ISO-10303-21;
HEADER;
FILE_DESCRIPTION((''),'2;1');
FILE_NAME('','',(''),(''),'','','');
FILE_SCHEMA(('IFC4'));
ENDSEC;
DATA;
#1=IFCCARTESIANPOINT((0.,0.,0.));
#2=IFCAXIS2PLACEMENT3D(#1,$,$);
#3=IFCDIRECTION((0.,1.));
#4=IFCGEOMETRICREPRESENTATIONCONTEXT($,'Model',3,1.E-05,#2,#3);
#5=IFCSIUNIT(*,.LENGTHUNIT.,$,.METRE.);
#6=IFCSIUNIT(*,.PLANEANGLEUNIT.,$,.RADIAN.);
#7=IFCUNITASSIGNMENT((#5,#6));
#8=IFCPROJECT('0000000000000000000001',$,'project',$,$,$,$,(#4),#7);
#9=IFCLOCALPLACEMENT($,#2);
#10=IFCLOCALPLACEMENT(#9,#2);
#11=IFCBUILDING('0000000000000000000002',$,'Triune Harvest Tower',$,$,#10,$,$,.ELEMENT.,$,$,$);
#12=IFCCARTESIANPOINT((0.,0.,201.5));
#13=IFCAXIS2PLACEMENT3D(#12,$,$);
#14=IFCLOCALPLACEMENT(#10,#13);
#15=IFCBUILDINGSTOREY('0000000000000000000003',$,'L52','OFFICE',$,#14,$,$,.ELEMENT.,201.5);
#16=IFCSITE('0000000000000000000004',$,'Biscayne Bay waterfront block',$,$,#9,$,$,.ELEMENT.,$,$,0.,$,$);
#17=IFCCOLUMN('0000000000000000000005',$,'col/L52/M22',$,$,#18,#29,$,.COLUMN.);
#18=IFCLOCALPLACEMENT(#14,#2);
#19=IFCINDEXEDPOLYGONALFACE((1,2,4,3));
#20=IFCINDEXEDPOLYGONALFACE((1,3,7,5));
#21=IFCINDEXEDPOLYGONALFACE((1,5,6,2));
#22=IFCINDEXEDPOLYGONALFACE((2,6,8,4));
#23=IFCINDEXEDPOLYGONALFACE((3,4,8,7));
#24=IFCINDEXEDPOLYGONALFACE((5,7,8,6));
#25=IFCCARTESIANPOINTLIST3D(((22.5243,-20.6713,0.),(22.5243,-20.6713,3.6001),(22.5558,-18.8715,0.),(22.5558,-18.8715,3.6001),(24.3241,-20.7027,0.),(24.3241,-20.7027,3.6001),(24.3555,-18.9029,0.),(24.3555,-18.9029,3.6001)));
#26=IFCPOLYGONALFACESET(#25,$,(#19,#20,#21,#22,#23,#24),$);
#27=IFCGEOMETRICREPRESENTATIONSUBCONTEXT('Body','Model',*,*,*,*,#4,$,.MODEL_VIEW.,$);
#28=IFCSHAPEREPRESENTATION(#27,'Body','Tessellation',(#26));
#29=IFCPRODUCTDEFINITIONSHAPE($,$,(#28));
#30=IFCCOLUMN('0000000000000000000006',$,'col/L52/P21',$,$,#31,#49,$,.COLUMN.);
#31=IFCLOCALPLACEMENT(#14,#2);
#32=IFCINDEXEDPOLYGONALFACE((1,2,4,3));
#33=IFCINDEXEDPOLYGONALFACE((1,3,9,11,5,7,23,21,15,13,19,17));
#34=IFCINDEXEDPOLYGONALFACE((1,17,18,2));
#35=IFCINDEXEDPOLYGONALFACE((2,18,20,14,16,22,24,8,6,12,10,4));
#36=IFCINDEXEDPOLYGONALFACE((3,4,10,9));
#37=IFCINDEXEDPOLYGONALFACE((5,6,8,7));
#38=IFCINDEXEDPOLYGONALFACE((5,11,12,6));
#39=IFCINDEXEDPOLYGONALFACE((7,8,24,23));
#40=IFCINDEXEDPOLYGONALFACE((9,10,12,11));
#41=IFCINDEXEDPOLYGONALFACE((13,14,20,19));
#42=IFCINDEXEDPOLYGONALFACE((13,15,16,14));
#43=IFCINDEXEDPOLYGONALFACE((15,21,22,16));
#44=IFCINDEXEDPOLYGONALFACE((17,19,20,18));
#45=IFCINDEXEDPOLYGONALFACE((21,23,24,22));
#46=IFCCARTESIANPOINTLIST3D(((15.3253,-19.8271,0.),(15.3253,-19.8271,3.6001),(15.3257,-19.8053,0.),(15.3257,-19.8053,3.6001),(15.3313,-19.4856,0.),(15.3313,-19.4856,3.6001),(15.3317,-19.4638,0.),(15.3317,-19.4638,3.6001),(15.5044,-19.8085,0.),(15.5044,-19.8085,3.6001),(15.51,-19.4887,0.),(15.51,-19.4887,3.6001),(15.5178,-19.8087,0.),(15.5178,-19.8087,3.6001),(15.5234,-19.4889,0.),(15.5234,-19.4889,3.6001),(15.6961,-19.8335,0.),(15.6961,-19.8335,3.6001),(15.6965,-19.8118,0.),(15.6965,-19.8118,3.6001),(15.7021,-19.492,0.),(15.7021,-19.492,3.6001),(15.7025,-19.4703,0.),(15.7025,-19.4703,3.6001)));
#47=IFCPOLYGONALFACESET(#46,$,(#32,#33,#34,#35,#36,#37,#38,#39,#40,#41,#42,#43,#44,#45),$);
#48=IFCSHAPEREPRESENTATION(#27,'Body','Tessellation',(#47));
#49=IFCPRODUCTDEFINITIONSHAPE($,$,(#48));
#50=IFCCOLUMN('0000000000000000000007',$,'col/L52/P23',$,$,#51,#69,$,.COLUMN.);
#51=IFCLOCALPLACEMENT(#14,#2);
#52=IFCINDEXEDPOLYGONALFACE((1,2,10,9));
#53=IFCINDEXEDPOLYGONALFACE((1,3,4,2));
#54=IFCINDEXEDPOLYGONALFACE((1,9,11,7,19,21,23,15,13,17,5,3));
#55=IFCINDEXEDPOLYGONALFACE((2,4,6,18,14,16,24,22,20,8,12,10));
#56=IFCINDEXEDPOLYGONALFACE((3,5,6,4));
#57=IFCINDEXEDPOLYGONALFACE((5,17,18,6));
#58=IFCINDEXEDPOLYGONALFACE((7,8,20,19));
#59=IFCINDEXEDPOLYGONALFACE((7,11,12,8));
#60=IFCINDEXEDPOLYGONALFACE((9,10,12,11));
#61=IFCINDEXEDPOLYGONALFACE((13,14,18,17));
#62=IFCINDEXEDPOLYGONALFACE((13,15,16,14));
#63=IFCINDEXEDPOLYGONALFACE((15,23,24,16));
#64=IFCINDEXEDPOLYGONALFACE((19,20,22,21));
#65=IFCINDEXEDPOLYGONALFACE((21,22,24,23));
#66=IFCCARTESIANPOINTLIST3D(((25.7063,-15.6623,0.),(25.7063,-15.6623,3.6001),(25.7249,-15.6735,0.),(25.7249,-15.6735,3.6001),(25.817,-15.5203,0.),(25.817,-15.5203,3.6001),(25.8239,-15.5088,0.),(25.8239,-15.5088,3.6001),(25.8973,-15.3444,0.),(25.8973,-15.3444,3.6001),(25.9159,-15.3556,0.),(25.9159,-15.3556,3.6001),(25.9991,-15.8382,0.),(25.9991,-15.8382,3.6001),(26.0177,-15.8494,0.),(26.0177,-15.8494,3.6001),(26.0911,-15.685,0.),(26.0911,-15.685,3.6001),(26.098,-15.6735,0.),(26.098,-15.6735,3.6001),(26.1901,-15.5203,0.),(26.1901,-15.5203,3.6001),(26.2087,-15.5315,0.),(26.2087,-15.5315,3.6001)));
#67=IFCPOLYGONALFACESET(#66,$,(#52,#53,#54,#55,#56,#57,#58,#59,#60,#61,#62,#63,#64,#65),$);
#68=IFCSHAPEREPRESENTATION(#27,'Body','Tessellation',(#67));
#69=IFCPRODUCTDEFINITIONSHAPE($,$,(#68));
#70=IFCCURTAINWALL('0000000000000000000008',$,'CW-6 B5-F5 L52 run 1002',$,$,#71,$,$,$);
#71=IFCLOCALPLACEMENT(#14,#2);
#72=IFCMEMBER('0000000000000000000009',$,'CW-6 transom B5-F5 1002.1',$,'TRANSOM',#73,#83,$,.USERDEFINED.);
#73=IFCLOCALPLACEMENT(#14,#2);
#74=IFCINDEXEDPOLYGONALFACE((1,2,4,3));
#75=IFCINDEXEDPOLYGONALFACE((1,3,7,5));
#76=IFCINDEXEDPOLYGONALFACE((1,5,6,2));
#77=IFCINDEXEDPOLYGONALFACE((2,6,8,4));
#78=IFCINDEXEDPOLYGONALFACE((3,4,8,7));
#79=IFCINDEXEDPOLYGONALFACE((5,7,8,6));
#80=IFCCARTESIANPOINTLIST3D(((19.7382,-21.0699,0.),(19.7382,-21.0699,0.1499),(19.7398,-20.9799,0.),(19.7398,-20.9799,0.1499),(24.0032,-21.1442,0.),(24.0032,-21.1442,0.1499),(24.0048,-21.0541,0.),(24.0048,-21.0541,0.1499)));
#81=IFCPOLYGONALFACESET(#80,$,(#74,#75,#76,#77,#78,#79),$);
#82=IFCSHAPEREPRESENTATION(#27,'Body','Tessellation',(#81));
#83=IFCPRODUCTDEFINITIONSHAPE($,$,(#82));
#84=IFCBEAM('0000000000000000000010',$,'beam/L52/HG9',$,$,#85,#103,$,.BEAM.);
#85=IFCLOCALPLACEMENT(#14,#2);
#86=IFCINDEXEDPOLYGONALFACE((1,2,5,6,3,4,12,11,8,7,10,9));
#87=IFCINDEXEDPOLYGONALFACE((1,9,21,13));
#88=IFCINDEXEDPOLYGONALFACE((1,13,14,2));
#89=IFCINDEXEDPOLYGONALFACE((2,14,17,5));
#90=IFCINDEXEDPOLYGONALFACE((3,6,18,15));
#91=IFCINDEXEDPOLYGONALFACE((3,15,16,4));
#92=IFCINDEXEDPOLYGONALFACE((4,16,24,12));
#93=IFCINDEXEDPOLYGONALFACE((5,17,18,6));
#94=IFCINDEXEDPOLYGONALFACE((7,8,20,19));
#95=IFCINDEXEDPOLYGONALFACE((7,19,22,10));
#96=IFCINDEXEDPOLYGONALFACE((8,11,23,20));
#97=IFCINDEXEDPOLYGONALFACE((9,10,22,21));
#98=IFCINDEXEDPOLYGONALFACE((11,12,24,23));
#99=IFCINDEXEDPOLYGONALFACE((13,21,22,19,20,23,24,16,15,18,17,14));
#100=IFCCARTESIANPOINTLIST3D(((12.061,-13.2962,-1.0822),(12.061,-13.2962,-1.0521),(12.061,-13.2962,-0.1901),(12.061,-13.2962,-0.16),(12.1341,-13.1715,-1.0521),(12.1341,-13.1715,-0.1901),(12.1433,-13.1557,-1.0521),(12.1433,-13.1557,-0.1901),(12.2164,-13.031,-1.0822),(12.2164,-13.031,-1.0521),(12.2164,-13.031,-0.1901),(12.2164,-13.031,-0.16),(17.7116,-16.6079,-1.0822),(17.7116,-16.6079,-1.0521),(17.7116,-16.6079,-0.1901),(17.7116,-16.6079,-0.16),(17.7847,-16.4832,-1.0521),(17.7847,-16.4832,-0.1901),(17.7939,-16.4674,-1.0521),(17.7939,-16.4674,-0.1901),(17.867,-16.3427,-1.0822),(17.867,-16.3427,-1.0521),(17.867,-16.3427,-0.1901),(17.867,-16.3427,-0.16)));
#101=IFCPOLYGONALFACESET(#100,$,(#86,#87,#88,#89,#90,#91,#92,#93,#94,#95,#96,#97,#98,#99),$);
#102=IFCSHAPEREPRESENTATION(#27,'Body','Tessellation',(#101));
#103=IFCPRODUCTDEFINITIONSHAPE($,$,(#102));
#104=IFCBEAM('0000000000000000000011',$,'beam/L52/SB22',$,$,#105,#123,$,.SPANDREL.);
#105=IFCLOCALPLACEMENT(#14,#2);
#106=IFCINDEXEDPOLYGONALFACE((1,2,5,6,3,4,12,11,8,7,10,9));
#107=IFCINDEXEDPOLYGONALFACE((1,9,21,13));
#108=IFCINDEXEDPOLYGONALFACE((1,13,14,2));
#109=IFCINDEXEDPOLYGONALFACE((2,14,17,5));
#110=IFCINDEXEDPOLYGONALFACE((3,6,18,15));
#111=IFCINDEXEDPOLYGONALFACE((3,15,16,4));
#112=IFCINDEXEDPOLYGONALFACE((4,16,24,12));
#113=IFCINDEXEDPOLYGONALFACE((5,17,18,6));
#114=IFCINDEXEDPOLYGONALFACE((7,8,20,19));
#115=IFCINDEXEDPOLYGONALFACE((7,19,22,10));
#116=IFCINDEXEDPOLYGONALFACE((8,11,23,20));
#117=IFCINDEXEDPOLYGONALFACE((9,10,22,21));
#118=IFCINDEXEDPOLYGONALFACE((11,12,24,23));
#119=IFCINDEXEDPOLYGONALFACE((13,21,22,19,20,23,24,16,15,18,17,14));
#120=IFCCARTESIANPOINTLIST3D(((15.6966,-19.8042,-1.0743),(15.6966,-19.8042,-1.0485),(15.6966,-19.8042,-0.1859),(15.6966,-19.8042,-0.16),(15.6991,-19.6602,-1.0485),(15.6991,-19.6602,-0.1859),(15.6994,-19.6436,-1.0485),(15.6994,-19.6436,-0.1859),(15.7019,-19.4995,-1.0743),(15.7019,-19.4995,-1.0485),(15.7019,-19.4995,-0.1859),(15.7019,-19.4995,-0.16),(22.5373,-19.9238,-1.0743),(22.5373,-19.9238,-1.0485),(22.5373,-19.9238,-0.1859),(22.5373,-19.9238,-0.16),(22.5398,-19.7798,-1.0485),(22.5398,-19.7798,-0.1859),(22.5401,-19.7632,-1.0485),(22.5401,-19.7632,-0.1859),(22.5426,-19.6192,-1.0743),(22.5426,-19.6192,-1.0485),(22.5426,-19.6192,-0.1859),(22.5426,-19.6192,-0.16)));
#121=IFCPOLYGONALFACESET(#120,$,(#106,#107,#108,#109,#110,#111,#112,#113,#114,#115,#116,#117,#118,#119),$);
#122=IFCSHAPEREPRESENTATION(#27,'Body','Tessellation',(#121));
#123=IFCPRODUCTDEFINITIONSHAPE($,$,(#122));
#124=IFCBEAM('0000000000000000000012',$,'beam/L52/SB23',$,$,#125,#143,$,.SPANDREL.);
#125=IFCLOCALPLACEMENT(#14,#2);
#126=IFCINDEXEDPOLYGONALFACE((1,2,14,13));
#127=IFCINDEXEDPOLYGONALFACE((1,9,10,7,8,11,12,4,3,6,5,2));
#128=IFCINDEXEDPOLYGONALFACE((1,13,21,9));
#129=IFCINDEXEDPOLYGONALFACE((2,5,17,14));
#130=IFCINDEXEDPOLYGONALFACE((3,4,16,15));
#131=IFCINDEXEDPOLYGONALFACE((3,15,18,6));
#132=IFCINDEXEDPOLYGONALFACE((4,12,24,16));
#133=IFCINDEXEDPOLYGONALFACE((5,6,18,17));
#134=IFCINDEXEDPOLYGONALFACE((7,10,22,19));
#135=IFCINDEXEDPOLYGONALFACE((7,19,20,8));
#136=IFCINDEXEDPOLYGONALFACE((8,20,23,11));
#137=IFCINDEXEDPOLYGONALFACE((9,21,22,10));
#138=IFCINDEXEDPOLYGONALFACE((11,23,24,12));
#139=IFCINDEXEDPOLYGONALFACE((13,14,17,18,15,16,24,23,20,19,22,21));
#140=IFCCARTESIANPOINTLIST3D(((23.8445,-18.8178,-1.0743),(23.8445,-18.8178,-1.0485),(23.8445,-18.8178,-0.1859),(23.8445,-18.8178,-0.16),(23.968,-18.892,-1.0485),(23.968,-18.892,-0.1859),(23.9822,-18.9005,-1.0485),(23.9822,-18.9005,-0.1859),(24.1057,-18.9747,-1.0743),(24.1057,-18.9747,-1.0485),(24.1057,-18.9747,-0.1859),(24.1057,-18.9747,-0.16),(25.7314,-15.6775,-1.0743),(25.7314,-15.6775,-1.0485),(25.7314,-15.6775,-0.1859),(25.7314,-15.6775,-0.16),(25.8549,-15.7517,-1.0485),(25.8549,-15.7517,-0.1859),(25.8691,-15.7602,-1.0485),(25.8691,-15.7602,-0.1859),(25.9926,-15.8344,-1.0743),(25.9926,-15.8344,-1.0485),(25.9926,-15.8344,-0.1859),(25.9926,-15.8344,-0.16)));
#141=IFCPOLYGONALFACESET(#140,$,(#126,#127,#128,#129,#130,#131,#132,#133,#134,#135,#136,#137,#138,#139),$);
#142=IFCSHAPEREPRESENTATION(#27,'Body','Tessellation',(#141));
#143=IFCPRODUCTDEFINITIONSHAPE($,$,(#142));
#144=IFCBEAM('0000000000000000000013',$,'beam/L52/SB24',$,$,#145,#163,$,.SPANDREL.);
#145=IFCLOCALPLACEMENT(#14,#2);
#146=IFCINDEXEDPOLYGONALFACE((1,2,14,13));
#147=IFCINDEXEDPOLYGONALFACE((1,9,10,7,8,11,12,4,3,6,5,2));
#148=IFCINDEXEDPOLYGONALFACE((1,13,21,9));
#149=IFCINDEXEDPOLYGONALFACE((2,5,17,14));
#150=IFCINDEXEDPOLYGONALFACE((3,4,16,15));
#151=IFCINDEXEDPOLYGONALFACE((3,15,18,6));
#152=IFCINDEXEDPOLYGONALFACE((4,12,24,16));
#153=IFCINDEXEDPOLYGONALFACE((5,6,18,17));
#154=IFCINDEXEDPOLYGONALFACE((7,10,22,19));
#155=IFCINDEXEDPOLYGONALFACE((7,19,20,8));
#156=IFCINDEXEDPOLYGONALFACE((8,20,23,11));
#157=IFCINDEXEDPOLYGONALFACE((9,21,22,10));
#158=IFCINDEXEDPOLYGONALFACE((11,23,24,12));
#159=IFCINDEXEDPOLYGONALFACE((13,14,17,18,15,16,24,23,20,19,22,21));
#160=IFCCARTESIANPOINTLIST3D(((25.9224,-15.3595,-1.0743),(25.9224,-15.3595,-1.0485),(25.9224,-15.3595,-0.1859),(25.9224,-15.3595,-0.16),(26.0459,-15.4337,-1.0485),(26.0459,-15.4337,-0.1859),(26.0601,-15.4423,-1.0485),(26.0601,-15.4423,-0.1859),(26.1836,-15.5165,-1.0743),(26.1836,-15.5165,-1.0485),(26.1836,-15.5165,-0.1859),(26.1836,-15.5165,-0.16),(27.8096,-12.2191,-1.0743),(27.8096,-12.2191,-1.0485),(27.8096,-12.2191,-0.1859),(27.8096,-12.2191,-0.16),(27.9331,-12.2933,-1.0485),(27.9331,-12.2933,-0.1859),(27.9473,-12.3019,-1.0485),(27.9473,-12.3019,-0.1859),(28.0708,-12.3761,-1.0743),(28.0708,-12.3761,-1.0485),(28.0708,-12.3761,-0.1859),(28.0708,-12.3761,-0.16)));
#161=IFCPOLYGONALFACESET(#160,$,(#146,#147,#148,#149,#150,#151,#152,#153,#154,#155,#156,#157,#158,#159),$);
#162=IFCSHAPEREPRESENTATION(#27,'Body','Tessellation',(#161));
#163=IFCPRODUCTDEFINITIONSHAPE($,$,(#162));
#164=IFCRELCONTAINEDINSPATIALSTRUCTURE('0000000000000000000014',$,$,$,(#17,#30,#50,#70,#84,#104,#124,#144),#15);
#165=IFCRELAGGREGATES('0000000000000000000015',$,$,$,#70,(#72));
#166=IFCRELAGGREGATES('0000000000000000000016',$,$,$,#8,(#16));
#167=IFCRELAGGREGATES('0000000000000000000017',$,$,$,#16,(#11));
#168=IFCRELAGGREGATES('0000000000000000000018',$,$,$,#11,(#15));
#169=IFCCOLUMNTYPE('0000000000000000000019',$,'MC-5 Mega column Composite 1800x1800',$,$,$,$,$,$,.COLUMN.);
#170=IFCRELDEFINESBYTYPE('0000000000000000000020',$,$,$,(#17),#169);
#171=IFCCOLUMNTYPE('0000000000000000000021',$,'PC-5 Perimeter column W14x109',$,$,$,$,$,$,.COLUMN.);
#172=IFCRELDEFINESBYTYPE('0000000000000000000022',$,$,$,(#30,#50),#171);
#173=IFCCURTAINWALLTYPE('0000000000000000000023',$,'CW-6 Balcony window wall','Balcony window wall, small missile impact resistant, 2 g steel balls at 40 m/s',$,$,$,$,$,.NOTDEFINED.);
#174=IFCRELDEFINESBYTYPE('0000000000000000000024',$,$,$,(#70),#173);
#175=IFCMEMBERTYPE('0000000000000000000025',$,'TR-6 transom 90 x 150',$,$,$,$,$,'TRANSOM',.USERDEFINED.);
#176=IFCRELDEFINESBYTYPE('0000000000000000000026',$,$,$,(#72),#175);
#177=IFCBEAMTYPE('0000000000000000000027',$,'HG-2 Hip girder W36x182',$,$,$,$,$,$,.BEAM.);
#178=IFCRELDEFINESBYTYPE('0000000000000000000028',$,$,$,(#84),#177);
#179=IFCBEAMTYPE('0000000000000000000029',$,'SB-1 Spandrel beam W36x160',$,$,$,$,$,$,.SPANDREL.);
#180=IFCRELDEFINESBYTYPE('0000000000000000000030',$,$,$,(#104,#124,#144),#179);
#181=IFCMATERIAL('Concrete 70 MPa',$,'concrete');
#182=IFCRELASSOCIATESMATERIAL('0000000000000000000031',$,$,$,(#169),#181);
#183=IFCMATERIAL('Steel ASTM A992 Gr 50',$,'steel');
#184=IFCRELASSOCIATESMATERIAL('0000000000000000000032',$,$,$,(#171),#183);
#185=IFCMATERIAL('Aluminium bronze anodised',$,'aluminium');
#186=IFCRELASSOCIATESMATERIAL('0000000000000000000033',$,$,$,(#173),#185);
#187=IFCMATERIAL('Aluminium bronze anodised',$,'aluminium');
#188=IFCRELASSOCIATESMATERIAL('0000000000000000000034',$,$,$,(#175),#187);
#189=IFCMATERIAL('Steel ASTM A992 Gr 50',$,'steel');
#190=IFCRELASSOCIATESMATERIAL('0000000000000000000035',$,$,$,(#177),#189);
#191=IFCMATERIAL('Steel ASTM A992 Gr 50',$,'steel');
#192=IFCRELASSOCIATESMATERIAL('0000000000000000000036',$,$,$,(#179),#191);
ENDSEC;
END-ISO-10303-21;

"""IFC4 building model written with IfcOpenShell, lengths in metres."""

from ifc_helpers import new_model, si_unit, direction, frame, origin, origin_2d, place, context, subcontext, project, spatial, rectangle, i_section, extrude, source, transform, mapped, material, material_profile, profile_set, type_object, element, aggregate, save


model = new_model("IFC4")

# Units and contexts
model_context = context("Model", 3, precision=1e-05, world=origin(), true_north=direction((0.0, 1.0)))
body_context = subcontext(model_context, "Body", "Model", "MODEL_VIEW")
ifc_project = project(units=[si_unit("LENGTHUNIT", "METRE"), si_unit("PLANEANGLEUNIT", "RADIAN")], contexts=[model_context])

# Site, building, storey
site_placement = place(None, origin())
site = spatial("IfcSite", under=ifc_project, at=site_placement, Name="Biscayne Bay waterfront block", CompositionType="ELEMENT", RefElevation=0.0)
building_placement = place(site_placement, origin())
building = spatial("IfcBuilding", under=site, at=building_placement, Name="Triune Harvest Tower", CompositionType="ELEMENT")
storey_placement = place(building_placement, frame((0.0, 0.0, 201.5)))
storey = spatial("IfcBuildingStorey", under=building, at=storey_placement, Name="L52", Description="OFFICE", CompositionType="ELEMENT", Elevation=201.5)

# Columns
ifc_material_1 = material(Name="Concrete 70 MPa", Category="concrete")
ifc_material_profile_1 = material_profile(ifc_material_1, rectangle(XDim=1.8, YDim=1.8, at=origin_2d()), Name="Composite 1800x1800")
ifc_profile_set_1 = profile_set([ifc_material_profile_1], Name="Concrete 70 MPa")
column_type_1 = type_object("IfcColumnType", Name="MC-5 Mega column Composite 1800x1800", PredefinedType="COLUMN", material=ifc_profile_set_1)
shared_shape_1 = source(origin(), body_context, "Body", "SweptSolid", [
    extrude(rectangle(XDim=1.8, YDim=1.8, at=origin_2d()), origin(), (0.0, 0.0, 1.0), 3.6001),
])
column_placement = place(storey_placement, frame((23.4399, -19.7871, 0.0), z_axis=(0.0, 0.0, 1.0), x_axis=(0.999848, -0.017452, 0.0)))
element("IfcColumn", 1, at=column_placement, inside=storey, type_object=column_type_1, Name="col/L52/M22", PredefinedType="COLUMN", context=body_context, shape_type="MappedRepresentation", body=[
    mapped(shared_shape_1, transform((0.0, 0.0, 0.0), scale=1.0)),
])
ifc_material_2 = material(Name="Steel ASTM A992 Gr 50", Category="steel")
ifc_material_profile_2 = material_profile(ifc_material_2, i_section(OverallWidth=0.3708, OverallDepth=0.3633, WebThickness=0.0134, FlangeThickness=0.0217, at=origin_2d()), Name="W14x109")
ifc_profile_set_2 = profile_set([ifc_material_profile_2], Name="Steel ASTM A992 Gr 50")
column_type_2 = type_object("IfcColumnType", Name="PC-5 Perimeter column W14x109", PredefinedType="COLUMN", material=ifc_profile_set_2)
shared_shape_2 = source(origin(), body_context, "Body", "SweptSolid", [
    extrude(i_section(OverallWidth=0.3708, OverallDepth=0.3633, WebThickness=0.0134, FlangeThickness=0.0217, at=origin_2d()), origin(), (0.0, 0.0, 1.0), 3.6001),
])
for number, where, z_axis, x_axis, name in (
    (2, (15.5139, -19.6487, 0.0), (0.0, 0.0, 1.0), (0.999848, -0.017452, 0.0), "col/L52/P21"),
    (3, (25.9575, -15.5969, 0.0), (0.0, 0.0, 1.0), (0.51504, 0.857166, 0.0), "col/L52/P23"),
):
    element("IfcColumn", number, at=place(storey_placement, frame(where, z_axis=z_axis, x_axis=x_axis)), inside=storey, type_object=column_type_2, Name=name, PredefinedType="COLUMN", context=body_context, shape_type="MappedRepresentation", body=[
        mapped(shared_shape_2, transform((0.0, 0.0, 0.0), scale=1.0)),
    ])

# Curtain wall, member
ifc_material_3 = material(Name="Aluminium bronze anodised", Category="aluminium")
curtain_wall_type_1 = type_object("IfcCurtainWallType", Name="CW-6 Balcony window wall", Description="Balcony window wall, small missile impact resistant, 2 g steel balls at 40 m/s", PredefinedType="NOTDEFINED", material=ifc_material_3)
curtain_wall_1_placement = place(storey_placement, origin())
curtain_wall_1 = element("IfcCurtainWall", 4, at=curtain_wall_1_placement, inside=storey, type_object=curtain_wall_type_1, Name="CW-6 B5-F5 L52 run 1002")
ifc_material_4 = material(Name="Aluminium bronze anodised", Category="aluminium")
ifc_material_profile_3 = material_profile(ifc_material_4, rectangle(XDim=0.0901, YDim=0.1499, at=origin_2d()), Name="TR-6 transom 90 x 150")
ifc_profile_set_3 = profile_set([ifc_material_profile_3], Name="Aluminium bronze anodised")
member_type_1 = type_object("IfcMemberType", Name="TR-6 transom 90 x 150", ElementType="TRANSOM", PredefinedType="USERDEFINED", material=ifc_profile_set_3)
member_1_placement = place(storey_placement, frame((19.739, -21.0249, 0.075), z_axis=(0.999849, -0.0174, 0.0), x_axis=(0.0174, 0.999849, 0.0)))
member_1 = element("IfcMember", 5, at=member_1_placement, type_object=member_type_1, Name="CW-6 transom B5-F5 1002.1", ObjectType="TRANSOM", PredefinedType="USERDEFINED", context=body_context, shape_type="SweptSolid", body=[
    extrude(rectangle(XDim=0.0901, YDim=0.1499, at=origin_2d()), origin(), (0.0, 0.0, 1.0), 4.2656),
])

# Beams
ifc_material_5 = material(Name="Steel ASTM A992 Gr 50", Category="steel")
ifc_material_profile_4 = material_profile(ifc_material_5, i_section(OverallWidth=0.3074, OverallDepth=0.9221, WebThickness=0.0183, FlangeThickness=0.03, at=origin_2d()), Name="W36x182")
ifc_profile_set_4 = profile_set([ifc_material_profile_4], Name="Steel ASTM A992 Gr 50")
beam_type_1 = type_object("IfcBeamType", Name="HG-2 Hip girder W36x182", PredefinedType="BEAM", material=ifc_profile_set_4)
shared_shape_3 = source(origin(), body_context, "Body", "SweptSolid", [
    extrude(i_section(OverallWidth=0.3074, OverallDepth=0.9221, WebThickness=0.0183, FlangeThickness=0.03, at=origin_2d()), origin(), (0.0, 0.0, 1.0), 6.5496),
])
beam_1_placement = place(storey_placement, frame((17.7893, -16.4753, -0.6211), z_axis=(-0.862743, 0.505643, 0.0), x_axis=(-0.505643, -0.862743, 0.0)))
element("IfcBeam", 6, at=beam_1_placement, inside=storey, type_object=beam_type_1, Name="beam/L52/HG9", PredefinedType="BEAM", context=body_context, shape_type="MappedRepresentation", body=[
    mapped(shared_shape_3, transform((0.0, 0.0, 0.0), scale=1.0)),
])
ifc_material_6 = material(Name="Steel ASTM A992 Gr 50", Category="steel")
ifc_material_profile_5 = material_profile(ifc_material_6, i_section(OverallWidth=0.3047, OverallDepth=0.9143, WebThickness=0.0166, FlangeThickness=0.0259, at=origin_2d()), Name="W36x160")
ifc_profile_set_5 = profile_set([ifc_material_profile_5], Name="Steel ASTM A992 Gr 50")
beam_type_2 = type_object("IfcBeamType", Name="SB-1 Spandrel beam W36x160", PredefinedType="SPANDREL", material=ifc_profile_set_5)
shared_shape_4 = source(origin(), body_context, "Body", "SweptSolid", [
    extrude(i_section(OverallWidth=0.3047, OverallDepth=0.9143, WebThickness=0.0166, FlangeThickness=0.0259, at=origin_2d()), origin(), (0.0, 0.0, 1.0), 6.8418),
])
beam_2_placement = place(storey_placement, frame((15.6992, -19.6519, -0.6172), z_axis=(0.999847, -0.017485, 0.0), x_axis=(0.017485, 0.999847, 0.0)))
element("IfcBeam", 7, at=beam_2_placement, inside=storey, type_object=beam_type_2, Name="beam/L52/SB22", PredefinedType="SPANDREL", context=body_context, shape_type="MappedRepresentation", body=[
    mapped(shared_shape_4, transform((0.0, 0.0, 0.0), scale=1.0)),
])
shared_shape_5 = source(origin(), body_context, "Body", "SweptSolid", [
    extrude(i_section(OverallWidth=0.3047, OverallDepth=0.9143, WebThickness=0.0166, FlangeThickness=0.0259, at=origin_2d()), origin(), (0.0, 0.0, 1.0), 3.6636),
])
beam_3_placement = place(storey_placement, frame((23.9751, -18.8962, -0.6172), z_axis=(0.515044, 0.857163, 0.0), x_axis=(-0.857163, 0.515044, 0.0)))
element("IfcBeam", 8, at=beam_3_placement, inside=storey, type_object=beam_type_2, Name="beam/L52/SB23", PredefinedType="SPANDREL", context=body_context, shape_type="MappedRepresentation", body=[
    mapped(shared_shape_5, transform((0.0, 0.0, 0.0), scale=1.0)),
])
shared_shape_6 = source(origin(), body_context, "Body", "SweptSolid", [
    extrude(i_section(OverallWidth=0.3047, OverallDepth=0.9143, WebThickness=0.0166, FlangeThickness=0.0259, at=origin_2d()), origin(), (0.0, 0.0, 1.0), 3.6638),
])
beam_4_placement = place(storey_placement, frame((26.053, -15.438, -0.6172), z_axis=(0.515093, 0.857134, 0.0), x_axis=(-0.857134, 0.515093, 0.0)))
element("IfcBeam", 9, at=beam_4_placement, inside=storey, type_object=beam_type_2, Name="beam/L52/SB24", PredefinedType="SPANDREL", context=body_context, shape_type="MappedRepresentation", body=[
    mapped(shared_shape_6, transform((0.0, 0.0, 0.0), scale=1.0)),
])

aggregate(curtain_wall_1, [member_1])

save(model, "model.ifc")
